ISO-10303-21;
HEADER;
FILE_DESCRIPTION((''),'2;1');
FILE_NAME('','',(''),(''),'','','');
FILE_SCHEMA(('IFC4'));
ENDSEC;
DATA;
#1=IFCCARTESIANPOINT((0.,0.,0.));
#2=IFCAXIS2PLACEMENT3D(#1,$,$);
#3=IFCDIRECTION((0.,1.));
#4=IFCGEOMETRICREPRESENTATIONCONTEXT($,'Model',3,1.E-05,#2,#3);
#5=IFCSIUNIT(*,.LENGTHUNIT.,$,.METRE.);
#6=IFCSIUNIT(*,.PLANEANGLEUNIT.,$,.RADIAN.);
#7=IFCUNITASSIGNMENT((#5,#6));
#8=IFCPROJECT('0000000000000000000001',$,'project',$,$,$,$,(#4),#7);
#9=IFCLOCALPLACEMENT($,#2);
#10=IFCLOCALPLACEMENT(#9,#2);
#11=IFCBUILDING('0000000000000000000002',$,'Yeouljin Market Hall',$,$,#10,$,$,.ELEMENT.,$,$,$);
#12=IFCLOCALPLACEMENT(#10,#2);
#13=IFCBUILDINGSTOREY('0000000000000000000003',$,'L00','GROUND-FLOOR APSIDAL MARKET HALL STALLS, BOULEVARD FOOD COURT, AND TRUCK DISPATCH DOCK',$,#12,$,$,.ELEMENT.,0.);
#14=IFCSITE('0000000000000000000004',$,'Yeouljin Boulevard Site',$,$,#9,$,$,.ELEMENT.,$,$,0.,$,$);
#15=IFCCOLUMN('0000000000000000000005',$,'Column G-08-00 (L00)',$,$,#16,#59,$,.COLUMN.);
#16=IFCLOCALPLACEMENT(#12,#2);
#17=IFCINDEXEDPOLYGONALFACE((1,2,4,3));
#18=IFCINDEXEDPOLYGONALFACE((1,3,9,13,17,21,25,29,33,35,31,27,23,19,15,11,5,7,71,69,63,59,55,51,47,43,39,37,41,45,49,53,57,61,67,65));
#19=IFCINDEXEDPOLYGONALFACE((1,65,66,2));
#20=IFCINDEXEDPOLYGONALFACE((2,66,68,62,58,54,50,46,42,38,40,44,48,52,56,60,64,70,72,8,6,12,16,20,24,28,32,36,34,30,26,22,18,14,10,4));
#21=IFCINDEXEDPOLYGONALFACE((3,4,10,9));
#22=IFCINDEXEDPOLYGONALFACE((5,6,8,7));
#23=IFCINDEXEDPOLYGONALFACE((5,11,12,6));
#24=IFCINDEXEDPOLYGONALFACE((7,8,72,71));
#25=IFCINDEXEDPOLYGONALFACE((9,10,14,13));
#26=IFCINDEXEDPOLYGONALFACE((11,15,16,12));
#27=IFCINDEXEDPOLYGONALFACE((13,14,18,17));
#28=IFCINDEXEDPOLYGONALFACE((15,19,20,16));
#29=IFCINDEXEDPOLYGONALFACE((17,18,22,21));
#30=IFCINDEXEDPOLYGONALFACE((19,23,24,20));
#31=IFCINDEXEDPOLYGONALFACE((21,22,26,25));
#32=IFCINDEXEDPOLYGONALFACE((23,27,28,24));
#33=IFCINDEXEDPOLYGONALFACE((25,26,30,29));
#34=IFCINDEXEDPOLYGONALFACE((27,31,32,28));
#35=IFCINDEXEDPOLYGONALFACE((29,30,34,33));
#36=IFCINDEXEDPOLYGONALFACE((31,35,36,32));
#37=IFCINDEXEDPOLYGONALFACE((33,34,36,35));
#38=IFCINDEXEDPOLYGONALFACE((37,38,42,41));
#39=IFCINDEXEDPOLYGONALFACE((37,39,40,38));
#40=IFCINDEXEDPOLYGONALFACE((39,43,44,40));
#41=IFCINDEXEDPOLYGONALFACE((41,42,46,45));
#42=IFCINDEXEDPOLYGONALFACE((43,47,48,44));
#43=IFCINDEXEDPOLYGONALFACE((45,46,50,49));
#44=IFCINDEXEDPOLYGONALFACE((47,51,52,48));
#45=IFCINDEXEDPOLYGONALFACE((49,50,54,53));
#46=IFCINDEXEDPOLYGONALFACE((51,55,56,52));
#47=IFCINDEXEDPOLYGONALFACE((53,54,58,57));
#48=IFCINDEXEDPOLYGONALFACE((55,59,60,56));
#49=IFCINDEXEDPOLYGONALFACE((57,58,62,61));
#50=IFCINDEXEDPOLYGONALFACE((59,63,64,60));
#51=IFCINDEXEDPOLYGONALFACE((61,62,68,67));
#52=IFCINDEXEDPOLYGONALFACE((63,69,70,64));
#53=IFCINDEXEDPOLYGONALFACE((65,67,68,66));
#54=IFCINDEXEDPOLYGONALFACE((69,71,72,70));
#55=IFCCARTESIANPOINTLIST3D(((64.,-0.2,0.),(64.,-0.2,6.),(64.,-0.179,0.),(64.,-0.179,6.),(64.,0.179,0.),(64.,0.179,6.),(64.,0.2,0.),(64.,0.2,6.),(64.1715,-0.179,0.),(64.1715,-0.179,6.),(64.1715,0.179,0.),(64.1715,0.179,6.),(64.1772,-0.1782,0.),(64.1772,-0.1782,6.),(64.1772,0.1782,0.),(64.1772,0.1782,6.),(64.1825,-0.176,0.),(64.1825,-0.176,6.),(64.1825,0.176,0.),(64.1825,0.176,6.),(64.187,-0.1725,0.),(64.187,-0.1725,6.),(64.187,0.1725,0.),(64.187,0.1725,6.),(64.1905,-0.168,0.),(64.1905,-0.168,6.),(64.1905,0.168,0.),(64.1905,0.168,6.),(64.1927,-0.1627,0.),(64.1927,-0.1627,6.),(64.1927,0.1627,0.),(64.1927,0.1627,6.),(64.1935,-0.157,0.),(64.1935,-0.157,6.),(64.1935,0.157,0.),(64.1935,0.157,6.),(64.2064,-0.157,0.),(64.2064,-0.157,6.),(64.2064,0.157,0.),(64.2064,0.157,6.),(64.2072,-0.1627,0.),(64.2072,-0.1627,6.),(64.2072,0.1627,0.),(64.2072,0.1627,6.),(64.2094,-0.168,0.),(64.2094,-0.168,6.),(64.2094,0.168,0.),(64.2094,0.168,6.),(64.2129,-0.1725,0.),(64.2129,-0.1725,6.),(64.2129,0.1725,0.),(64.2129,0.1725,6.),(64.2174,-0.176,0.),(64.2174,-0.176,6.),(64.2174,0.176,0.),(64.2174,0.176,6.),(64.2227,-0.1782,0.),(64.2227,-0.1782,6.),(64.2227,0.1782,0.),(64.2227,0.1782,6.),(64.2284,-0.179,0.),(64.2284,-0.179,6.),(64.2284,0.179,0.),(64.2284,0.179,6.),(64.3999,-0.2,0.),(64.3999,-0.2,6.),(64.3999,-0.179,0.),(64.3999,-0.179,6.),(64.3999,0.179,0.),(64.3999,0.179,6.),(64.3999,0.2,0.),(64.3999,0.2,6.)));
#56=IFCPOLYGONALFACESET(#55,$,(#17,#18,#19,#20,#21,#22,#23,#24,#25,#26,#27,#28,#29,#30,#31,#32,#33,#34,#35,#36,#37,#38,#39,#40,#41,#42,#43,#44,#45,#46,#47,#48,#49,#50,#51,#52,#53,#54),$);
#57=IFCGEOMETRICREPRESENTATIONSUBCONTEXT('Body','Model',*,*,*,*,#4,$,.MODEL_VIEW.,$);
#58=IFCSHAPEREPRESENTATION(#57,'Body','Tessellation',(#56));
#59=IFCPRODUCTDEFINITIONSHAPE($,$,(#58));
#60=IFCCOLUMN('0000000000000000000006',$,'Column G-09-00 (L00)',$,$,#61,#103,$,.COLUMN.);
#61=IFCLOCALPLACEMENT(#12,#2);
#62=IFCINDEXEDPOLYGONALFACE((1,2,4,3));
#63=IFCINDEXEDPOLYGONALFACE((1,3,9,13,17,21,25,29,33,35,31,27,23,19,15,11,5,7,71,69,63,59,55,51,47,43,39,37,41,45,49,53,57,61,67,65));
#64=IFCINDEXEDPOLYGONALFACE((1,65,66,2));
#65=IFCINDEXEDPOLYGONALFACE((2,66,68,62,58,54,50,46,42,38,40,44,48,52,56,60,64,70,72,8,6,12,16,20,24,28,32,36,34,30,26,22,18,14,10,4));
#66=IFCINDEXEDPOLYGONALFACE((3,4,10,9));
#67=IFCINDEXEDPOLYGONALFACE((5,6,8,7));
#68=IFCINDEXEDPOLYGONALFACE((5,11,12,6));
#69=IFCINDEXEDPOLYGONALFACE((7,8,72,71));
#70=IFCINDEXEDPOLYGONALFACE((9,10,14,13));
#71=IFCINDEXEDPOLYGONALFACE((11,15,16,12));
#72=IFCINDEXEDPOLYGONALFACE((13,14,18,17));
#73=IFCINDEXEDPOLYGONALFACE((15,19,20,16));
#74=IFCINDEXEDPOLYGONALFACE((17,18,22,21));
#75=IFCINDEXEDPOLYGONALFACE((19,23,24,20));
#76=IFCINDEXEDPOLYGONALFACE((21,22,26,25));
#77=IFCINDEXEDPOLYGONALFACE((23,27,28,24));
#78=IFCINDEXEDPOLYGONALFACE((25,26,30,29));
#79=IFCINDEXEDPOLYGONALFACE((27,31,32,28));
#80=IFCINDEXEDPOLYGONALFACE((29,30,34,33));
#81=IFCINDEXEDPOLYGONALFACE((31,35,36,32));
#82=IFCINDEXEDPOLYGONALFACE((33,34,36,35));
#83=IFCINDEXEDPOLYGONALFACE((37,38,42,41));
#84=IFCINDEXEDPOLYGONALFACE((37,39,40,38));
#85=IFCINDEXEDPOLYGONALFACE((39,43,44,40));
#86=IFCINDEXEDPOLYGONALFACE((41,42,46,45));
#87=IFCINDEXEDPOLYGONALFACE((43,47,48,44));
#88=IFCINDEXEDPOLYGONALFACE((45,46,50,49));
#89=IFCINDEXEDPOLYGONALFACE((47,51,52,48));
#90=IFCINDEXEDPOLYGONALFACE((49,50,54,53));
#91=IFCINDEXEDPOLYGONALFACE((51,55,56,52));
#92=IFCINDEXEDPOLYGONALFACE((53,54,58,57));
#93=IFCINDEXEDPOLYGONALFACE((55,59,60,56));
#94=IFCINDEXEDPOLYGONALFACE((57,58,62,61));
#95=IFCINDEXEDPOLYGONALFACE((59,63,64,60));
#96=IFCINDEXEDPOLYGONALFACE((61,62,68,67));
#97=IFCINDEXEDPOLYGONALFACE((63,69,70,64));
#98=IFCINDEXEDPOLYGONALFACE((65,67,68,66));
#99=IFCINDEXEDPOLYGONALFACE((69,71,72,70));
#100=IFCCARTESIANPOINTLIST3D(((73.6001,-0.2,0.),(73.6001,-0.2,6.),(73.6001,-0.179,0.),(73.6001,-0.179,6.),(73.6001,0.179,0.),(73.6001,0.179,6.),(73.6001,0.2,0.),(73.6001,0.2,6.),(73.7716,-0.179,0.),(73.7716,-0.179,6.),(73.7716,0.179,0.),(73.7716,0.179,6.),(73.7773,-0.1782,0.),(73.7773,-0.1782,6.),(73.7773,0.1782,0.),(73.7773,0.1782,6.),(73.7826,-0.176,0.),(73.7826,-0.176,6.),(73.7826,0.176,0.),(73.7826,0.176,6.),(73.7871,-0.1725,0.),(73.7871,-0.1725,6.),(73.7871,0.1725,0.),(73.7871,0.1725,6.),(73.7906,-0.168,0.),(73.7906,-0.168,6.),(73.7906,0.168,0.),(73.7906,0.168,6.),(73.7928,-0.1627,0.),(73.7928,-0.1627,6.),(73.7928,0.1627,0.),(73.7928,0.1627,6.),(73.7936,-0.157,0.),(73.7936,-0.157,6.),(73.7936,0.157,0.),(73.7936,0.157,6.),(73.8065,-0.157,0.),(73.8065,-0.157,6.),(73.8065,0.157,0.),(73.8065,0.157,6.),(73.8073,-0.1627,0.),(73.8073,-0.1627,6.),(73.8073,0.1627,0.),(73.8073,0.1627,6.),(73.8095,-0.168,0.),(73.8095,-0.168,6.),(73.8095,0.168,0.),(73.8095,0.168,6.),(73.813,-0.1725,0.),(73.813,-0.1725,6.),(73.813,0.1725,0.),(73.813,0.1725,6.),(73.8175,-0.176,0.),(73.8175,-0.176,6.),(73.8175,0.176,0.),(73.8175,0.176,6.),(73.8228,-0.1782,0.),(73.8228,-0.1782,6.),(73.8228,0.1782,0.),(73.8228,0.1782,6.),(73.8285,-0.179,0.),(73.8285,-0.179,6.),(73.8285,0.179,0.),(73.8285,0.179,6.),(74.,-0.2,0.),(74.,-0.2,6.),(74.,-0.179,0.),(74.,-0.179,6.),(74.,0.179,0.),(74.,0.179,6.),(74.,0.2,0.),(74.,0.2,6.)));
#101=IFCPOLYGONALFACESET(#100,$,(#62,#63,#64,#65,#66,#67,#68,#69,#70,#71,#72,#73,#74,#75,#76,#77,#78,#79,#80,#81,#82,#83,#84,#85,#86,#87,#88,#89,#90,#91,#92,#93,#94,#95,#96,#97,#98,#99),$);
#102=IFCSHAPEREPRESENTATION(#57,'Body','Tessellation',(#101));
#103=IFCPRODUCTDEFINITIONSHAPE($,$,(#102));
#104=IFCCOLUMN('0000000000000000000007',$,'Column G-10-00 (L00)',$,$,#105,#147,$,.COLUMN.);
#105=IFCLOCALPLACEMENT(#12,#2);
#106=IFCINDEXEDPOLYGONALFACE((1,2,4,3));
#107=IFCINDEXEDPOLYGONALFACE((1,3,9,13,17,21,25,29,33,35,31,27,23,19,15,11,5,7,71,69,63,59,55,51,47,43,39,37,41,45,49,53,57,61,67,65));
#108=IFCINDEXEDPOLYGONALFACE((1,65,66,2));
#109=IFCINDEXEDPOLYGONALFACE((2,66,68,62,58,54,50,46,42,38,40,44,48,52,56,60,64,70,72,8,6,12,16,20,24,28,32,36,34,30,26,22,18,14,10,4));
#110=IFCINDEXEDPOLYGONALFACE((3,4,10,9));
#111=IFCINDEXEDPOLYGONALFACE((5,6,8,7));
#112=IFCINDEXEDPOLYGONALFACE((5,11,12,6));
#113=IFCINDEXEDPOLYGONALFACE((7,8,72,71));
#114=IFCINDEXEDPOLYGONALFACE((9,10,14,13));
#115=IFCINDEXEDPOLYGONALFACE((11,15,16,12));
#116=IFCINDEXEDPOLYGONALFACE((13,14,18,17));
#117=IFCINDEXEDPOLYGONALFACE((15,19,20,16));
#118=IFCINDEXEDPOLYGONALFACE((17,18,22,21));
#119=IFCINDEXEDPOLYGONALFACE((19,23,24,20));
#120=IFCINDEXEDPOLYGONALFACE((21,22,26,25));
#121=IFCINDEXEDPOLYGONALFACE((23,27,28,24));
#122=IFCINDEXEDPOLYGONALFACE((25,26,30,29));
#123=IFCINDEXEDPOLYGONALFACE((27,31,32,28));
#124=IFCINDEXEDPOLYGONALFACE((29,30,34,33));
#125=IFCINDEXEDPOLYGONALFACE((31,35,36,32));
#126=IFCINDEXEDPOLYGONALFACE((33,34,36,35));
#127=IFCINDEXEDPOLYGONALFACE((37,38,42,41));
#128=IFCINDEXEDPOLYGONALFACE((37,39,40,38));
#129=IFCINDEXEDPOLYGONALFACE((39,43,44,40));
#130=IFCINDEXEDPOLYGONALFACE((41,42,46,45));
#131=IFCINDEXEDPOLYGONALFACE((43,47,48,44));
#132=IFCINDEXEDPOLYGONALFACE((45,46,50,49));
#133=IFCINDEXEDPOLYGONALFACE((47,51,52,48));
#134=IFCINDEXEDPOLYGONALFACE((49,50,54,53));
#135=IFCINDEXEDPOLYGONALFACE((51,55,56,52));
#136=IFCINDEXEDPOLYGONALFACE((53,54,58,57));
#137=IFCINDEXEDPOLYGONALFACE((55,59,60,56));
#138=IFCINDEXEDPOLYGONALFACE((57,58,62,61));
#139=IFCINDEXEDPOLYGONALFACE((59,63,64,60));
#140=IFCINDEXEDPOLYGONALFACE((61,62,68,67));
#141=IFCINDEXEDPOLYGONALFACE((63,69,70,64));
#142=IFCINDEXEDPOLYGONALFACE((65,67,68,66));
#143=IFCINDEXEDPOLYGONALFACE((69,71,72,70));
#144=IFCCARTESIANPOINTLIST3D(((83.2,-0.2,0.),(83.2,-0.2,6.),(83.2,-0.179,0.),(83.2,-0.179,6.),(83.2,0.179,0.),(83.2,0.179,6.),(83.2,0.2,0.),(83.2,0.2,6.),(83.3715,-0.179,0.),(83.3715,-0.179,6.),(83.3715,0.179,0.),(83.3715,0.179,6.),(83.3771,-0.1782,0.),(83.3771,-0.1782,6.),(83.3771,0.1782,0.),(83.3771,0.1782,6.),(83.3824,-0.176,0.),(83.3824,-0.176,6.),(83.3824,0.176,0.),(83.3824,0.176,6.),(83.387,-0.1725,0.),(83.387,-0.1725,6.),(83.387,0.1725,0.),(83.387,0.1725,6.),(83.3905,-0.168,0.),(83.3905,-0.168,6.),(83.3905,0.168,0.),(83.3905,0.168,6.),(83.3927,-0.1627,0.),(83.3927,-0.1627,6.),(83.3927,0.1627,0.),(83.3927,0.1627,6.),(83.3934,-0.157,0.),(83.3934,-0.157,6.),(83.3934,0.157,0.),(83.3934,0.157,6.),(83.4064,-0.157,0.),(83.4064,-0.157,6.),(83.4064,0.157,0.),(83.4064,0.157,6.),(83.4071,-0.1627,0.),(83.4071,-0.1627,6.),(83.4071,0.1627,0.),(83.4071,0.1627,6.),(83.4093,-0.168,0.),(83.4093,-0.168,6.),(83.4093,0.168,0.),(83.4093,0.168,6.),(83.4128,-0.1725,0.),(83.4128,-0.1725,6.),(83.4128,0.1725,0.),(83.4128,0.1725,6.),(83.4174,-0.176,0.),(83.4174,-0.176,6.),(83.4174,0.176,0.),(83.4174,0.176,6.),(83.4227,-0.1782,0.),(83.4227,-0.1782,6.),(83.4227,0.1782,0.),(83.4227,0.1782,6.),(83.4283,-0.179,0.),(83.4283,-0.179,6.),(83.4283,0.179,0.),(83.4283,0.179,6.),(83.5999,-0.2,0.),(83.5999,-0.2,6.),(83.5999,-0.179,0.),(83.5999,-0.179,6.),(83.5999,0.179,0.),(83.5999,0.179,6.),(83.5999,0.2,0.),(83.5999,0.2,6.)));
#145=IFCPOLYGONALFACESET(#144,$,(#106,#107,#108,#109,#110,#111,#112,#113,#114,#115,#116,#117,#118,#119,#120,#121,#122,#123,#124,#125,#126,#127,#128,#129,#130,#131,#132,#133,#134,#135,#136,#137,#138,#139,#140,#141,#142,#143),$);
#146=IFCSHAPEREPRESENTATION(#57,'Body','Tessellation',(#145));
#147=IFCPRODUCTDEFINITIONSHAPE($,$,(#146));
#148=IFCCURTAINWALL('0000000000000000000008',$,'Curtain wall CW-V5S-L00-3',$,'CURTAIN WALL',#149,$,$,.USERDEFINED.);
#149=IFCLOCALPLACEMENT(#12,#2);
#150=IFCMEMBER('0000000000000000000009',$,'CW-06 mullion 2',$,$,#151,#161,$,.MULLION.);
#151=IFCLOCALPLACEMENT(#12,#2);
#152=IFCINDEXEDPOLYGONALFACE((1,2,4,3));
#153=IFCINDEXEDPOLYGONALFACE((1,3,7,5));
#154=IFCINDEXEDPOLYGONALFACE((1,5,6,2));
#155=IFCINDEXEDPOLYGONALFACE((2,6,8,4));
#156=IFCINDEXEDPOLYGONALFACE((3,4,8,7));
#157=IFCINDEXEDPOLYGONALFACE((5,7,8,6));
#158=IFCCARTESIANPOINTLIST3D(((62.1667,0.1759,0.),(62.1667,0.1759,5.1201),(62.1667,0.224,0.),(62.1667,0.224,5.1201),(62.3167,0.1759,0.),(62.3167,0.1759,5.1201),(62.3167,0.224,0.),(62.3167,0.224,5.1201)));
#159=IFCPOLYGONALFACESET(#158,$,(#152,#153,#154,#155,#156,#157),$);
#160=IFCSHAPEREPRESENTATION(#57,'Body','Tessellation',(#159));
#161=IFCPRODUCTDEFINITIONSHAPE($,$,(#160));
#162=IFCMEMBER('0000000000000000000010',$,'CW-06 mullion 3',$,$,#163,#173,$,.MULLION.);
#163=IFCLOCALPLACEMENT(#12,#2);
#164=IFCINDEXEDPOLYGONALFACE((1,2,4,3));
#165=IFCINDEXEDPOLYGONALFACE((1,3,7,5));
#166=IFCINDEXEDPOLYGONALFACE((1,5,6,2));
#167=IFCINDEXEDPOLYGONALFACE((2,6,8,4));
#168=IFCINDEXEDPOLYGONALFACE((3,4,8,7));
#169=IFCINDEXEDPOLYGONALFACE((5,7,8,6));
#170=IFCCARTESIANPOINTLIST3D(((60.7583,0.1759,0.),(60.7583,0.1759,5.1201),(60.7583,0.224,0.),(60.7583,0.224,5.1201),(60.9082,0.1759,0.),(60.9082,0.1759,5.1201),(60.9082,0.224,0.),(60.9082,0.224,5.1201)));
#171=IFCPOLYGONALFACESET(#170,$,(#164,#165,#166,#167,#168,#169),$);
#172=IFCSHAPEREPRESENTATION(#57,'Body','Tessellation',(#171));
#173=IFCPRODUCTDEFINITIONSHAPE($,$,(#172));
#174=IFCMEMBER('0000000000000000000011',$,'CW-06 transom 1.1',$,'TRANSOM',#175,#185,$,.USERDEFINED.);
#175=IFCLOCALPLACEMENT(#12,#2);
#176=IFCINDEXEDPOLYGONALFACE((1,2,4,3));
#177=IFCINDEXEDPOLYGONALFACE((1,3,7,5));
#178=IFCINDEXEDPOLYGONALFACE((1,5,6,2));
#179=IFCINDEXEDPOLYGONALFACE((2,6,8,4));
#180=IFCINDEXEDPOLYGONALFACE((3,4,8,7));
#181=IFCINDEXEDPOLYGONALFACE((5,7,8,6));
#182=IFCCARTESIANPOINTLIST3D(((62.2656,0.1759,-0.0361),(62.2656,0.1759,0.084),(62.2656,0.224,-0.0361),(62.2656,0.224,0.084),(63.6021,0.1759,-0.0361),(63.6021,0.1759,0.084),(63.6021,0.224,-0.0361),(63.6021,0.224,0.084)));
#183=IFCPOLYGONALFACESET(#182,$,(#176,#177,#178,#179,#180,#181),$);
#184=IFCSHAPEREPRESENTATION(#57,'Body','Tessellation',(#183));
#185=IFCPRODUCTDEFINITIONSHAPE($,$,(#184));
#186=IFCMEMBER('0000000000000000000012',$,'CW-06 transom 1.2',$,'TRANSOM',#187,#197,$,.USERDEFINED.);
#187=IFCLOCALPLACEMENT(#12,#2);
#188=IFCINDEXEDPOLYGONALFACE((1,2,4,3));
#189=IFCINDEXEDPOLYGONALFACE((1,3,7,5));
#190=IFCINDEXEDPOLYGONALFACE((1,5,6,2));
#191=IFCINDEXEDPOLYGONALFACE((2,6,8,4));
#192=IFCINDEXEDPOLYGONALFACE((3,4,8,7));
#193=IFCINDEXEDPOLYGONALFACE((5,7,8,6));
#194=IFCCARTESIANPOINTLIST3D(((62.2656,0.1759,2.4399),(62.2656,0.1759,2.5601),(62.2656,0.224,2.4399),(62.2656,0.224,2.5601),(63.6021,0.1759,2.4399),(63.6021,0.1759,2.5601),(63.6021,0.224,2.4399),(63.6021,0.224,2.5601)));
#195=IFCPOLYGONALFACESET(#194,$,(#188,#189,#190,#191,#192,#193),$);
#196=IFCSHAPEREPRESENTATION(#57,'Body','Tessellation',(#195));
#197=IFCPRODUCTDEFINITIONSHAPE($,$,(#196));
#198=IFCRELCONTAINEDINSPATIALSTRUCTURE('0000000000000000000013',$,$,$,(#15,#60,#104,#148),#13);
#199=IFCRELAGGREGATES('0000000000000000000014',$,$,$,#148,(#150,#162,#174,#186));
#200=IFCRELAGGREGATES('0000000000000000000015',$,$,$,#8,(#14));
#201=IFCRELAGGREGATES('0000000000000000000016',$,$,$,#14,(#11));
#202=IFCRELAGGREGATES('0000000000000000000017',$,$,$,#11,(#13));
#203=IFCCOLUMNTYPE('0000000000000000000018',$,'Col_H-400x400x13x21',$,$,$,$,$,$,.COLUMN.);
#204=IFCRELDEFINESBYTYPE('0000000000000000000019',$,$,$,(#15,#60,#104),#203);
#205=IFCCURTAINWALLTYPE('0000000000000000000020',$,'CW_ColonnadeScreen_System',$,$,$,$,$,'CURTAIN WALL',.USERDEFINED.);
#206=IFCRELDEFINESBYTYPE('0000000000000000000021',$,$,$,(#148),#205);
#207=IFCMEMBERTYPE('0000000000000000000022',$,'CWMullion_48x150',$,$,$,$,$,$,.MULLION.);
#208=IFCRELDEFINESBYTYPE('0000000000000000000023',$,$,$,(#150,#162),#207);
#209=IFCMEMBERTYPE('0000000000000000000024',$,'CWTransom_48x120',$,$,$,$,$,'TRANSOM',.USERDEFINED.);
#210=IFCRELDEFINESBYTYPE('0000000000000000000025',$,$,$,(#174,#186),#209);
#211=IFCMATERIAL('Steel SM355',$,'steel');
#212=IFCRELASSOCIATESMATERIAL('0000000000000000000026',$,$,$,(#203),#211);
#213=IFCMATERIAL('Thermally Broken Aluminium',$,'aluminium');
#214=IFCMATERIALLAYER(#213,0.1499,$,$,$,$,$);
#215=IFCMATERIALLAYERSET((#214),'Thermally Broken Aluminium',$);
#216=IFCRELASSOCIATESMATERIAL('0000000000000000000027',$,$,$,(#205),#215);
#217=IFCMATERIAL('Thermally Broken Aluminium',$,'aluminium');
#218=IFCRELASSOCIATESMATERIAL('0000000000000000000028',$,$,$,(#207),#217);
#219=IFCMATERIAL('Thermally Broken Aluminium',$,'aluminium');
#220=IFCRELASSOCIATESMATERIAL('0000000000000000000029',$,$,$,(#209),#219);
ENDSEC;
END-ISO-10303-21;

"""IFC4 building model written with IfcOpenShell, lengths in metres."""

from ifc_helpers import new_model, si_unit, direction, frame, origin, origin_2d, place, context, subcontext, project, spatial, rectangle, i_section, extrude, material, layer, layer_set, material_profile, profile_set, type_object, element, aggregate, save


model = new_model("IFC4")

# Units and contexts
model_context = context("Model", 3, precision=1e-05, world=origin(), true_north=direction((0.0, 1.0)))
body_context = subcontext(model_context, "Body", "Model", "MODEL_VIEW")
ifc_project = project(units=[si_unit("LENGTHUNIT", "METRE"), si_unit("PLANEANGLEUNIT", "RADIAN")], contexts=[model_context])

# Site, building, storey
site_placement = place(None, origin())
site = spatial("IfcSite", under=ifc_project, at=site_placement, Name="Yeouljin Boulevard Site", CompositionType="ELEMENT", RefElevation=0.0)
building_placement = place(site_placement, origin())
building = spatial("IfcBuilding", under=site, at=building_placement, Name="Yeouljin Market Hall", CompositionType="ELEMENT")
storey_placement = place(building_placement, origin())
storey = spatial("IfcBuildingStorey", under=building, at=storey_placement, Name="L00", Description="GROUND-FLOOR APSIDAL MARKET HALL STALLS, BOULEVARD FOOD COURT, AND TRUCK DISPATCH DOCK", CompositionType="ELEMENT", Elevation=0.0)

# Columns
ifc_material_1 = material(Name="Steel SM355", Category="steel")
ifc_material_profile_1 = material_profile(ifc_material_1, i_section(OverallWidth=0.3999, OverallDepth=0.3999, WebThickness=0.0129, FlangeThickness=0.021, FilletRadius=0.022, at=origin_2d()), Name="H-400x400x13x21")
ifc_profile_set_1 = profile_set([ifc_material_profile_1], Name="Steel SM355")
column_type = type_object("IfcColumnType", Name="Col_H-400x400x13x21", PredefinedType="COLUMN", material=ifc_profile_set_1)
for number, where, z_axis, x_axis, name in (
    (1, (64.2, 0.0, 0.0), (0.0, 0.0, 1.0), (1.0, 0.0, 0.0), "Column G-08-00 (L00)"),
    (2, (73.8, 0.0, 0.0), (0.0, 0.0, 1.0), (1.0, 0.0, 0.0), "Column G-09-00 (L00)"),
    (3, (83.3999, 0.0, 0.0), (0.0, 0.0, 1.0), (1.0, 0.0, 0.0), "Column G-10-00 (L00)"),
):
    element("IfcColumn", number, at=place(storey_placement, frame(where, z_axis=z_axis, x_axis=x_axis)), inside=storey, type_object=column_type, Name=name, PredefinedType="COLUMN", context=body_context, shape_type="SweptSolid", body=[
        extrude(i_section(OverallWidth=0.3999, OverallDepth=0.3999, WebThickness=0.0129, FlangeThickness=0.021, FilletRadius=0.022, at=origin_2d()), origin(), (0.0, 0.0, 1.0), 6.0),
    ])

# Curtain wall, members
ifc_material_2 = material(Name="Thermally Broken Aluminium", Category="aluminium")
ifc_layer_1 = layer(ifc_material_2, 0.1499)
ifc_layer_set_1 = layer_set([ifc_layer_1], Name="Thermally Broken Aluminium")
curtain_wall_type = type_object("IfcCurtainWallType", Name="CW_ColonnadeScreen_System", ElementType="CURTAIN WALL", PredefinedType="USERDEFINED", material=ifc_layer_set_1)
curtain_wall_placement = place(storey_placement, origin())
curtain_wall = element("IfcCurtainWall", 4, at=curtain_wall_placement, inside=storey, type_object=curtain_wall_type, Name="Curtain wall CW-V5S-L00-3", ObjectType="CURTAIN WALL", PredefinedType="USERDEFINED")
ifc_material_3 = material(Name="Thermally Broken Aluminium", Category="aluminium")
ifc_material_profile_2 = material_profile(ifc_material_3, rectangle(XDim=0.0481, YDim=0.1499, at=origin_2d()), Name="CW-MULL-48x150")
ifc_profile_set_2 = profile_set([ifc_material_profile_2], Name="Thermally Broken Aluminium")
member_type_1 = type_object("IfcMemberType", Name="CWMullion_48x150", PredefinedType="MULLION", material=ifc_profile_set_2)
member_1_placement = place(storey_placement, frame((62.2417, 0.2, 0.0), z_axis=(0.0, 0.0, 1.0), x_axis=(0.0, -1.0, 0.0)))
member_1 = element("IfcMember", 5, at=member_1_placement, type_object=member_type_1, Name="CW-06 mullion 2", PredefinedType="MULLION", context=body_context, shape_type="SweptSolid", body=[
    extrude(rectangle(XDim=0.0481, YDim=0.1499, at=origin_2d()), origin(), (0.0, 0.0, 1.0), 5.1201),
])
member_2_placement = place(storey_placement, frame((60.8333, 0.2, 0.0), z_axis=(0.0, 0.0, 1.0), x_axis=(0.0, -1.0, 0.0)))
member_2 = element("IfcMember", 6, at=member_2_placement, type_object=member_type_1, Name="CW-06 mullion 3", PredefinedType="MULLION", context=body_context, shape_type="SweptSolid", body=[
    extrude(rectangle(XDim=0.0481, YDim=0.1499, at=origin_2d()), origin(), (0.0, 0.0, 1.0), 5.1201),
])
ifc_material_4 = material(Name="Thermally Broken Aluminium", Category="aluminium")
ifc_material_profile_3 = material_profile(ifc_material_4, rectangle(XDim=0.0481, YDim=0.1201, at=origin_2d()), Name="CW-TRAN-48x120")
ifc_profile_set_3 = profile_set([ifc_material_profile_3], Name="Thermally Broken Aluminium")
member_type_2 = type_object("IfcMemberType", Name="CWTransom_48x120", ElementType="TRANSOM", PredefinedType="USERDEFINED", material=ifc_profile_set_3)
member_3_placement = place(storey_placement, frame((63.6021, 0.2, 0.0239), z_axis=(-1.0, 0.0, 0.0), x_axis=(0.0, -1.0, 0.0)))
member_3 = element("IfcMember", 7, at=member_3_placement, type_object=member_type_2, Name="CW-06 transom 1.1", ObjectType="TRANSOM", PredefinedType="USERDEFINED", context=body_context, shape_type="SweptSolid", body=[
    extrude(rectangle(XDim=0.0481, YDim=0.1201, at=origin_2d()), origin(), (0.0, 0.0, 1.0), 1.3364),
])
member_4_placement = place(storey_placement, frame((63.6021, 0.2, 2.5), z_axis=(-1.0, 0.0, 0.0), x_axis=(0.0, -1.0, 0.0)))
member_4 = element("IfcMember", 8, at=member_4_placement, type_object=member_type_2, Name="CW-06 transom 1.2", ObjectType="TRANSOM", PredefinedType="USERDEFINED", context=body_context, shape_type="SweptSolid", body=[
    extrude(rectangle(XDim=0.0481, YDim=0.1201, at=origin_2d()), origin(), (0.0, 0.0, 1.0), 1.3364),
])
aggregate(curtain_wall, [member_1, member_2, member_3, member_4])

save(model, "model.ifc")
